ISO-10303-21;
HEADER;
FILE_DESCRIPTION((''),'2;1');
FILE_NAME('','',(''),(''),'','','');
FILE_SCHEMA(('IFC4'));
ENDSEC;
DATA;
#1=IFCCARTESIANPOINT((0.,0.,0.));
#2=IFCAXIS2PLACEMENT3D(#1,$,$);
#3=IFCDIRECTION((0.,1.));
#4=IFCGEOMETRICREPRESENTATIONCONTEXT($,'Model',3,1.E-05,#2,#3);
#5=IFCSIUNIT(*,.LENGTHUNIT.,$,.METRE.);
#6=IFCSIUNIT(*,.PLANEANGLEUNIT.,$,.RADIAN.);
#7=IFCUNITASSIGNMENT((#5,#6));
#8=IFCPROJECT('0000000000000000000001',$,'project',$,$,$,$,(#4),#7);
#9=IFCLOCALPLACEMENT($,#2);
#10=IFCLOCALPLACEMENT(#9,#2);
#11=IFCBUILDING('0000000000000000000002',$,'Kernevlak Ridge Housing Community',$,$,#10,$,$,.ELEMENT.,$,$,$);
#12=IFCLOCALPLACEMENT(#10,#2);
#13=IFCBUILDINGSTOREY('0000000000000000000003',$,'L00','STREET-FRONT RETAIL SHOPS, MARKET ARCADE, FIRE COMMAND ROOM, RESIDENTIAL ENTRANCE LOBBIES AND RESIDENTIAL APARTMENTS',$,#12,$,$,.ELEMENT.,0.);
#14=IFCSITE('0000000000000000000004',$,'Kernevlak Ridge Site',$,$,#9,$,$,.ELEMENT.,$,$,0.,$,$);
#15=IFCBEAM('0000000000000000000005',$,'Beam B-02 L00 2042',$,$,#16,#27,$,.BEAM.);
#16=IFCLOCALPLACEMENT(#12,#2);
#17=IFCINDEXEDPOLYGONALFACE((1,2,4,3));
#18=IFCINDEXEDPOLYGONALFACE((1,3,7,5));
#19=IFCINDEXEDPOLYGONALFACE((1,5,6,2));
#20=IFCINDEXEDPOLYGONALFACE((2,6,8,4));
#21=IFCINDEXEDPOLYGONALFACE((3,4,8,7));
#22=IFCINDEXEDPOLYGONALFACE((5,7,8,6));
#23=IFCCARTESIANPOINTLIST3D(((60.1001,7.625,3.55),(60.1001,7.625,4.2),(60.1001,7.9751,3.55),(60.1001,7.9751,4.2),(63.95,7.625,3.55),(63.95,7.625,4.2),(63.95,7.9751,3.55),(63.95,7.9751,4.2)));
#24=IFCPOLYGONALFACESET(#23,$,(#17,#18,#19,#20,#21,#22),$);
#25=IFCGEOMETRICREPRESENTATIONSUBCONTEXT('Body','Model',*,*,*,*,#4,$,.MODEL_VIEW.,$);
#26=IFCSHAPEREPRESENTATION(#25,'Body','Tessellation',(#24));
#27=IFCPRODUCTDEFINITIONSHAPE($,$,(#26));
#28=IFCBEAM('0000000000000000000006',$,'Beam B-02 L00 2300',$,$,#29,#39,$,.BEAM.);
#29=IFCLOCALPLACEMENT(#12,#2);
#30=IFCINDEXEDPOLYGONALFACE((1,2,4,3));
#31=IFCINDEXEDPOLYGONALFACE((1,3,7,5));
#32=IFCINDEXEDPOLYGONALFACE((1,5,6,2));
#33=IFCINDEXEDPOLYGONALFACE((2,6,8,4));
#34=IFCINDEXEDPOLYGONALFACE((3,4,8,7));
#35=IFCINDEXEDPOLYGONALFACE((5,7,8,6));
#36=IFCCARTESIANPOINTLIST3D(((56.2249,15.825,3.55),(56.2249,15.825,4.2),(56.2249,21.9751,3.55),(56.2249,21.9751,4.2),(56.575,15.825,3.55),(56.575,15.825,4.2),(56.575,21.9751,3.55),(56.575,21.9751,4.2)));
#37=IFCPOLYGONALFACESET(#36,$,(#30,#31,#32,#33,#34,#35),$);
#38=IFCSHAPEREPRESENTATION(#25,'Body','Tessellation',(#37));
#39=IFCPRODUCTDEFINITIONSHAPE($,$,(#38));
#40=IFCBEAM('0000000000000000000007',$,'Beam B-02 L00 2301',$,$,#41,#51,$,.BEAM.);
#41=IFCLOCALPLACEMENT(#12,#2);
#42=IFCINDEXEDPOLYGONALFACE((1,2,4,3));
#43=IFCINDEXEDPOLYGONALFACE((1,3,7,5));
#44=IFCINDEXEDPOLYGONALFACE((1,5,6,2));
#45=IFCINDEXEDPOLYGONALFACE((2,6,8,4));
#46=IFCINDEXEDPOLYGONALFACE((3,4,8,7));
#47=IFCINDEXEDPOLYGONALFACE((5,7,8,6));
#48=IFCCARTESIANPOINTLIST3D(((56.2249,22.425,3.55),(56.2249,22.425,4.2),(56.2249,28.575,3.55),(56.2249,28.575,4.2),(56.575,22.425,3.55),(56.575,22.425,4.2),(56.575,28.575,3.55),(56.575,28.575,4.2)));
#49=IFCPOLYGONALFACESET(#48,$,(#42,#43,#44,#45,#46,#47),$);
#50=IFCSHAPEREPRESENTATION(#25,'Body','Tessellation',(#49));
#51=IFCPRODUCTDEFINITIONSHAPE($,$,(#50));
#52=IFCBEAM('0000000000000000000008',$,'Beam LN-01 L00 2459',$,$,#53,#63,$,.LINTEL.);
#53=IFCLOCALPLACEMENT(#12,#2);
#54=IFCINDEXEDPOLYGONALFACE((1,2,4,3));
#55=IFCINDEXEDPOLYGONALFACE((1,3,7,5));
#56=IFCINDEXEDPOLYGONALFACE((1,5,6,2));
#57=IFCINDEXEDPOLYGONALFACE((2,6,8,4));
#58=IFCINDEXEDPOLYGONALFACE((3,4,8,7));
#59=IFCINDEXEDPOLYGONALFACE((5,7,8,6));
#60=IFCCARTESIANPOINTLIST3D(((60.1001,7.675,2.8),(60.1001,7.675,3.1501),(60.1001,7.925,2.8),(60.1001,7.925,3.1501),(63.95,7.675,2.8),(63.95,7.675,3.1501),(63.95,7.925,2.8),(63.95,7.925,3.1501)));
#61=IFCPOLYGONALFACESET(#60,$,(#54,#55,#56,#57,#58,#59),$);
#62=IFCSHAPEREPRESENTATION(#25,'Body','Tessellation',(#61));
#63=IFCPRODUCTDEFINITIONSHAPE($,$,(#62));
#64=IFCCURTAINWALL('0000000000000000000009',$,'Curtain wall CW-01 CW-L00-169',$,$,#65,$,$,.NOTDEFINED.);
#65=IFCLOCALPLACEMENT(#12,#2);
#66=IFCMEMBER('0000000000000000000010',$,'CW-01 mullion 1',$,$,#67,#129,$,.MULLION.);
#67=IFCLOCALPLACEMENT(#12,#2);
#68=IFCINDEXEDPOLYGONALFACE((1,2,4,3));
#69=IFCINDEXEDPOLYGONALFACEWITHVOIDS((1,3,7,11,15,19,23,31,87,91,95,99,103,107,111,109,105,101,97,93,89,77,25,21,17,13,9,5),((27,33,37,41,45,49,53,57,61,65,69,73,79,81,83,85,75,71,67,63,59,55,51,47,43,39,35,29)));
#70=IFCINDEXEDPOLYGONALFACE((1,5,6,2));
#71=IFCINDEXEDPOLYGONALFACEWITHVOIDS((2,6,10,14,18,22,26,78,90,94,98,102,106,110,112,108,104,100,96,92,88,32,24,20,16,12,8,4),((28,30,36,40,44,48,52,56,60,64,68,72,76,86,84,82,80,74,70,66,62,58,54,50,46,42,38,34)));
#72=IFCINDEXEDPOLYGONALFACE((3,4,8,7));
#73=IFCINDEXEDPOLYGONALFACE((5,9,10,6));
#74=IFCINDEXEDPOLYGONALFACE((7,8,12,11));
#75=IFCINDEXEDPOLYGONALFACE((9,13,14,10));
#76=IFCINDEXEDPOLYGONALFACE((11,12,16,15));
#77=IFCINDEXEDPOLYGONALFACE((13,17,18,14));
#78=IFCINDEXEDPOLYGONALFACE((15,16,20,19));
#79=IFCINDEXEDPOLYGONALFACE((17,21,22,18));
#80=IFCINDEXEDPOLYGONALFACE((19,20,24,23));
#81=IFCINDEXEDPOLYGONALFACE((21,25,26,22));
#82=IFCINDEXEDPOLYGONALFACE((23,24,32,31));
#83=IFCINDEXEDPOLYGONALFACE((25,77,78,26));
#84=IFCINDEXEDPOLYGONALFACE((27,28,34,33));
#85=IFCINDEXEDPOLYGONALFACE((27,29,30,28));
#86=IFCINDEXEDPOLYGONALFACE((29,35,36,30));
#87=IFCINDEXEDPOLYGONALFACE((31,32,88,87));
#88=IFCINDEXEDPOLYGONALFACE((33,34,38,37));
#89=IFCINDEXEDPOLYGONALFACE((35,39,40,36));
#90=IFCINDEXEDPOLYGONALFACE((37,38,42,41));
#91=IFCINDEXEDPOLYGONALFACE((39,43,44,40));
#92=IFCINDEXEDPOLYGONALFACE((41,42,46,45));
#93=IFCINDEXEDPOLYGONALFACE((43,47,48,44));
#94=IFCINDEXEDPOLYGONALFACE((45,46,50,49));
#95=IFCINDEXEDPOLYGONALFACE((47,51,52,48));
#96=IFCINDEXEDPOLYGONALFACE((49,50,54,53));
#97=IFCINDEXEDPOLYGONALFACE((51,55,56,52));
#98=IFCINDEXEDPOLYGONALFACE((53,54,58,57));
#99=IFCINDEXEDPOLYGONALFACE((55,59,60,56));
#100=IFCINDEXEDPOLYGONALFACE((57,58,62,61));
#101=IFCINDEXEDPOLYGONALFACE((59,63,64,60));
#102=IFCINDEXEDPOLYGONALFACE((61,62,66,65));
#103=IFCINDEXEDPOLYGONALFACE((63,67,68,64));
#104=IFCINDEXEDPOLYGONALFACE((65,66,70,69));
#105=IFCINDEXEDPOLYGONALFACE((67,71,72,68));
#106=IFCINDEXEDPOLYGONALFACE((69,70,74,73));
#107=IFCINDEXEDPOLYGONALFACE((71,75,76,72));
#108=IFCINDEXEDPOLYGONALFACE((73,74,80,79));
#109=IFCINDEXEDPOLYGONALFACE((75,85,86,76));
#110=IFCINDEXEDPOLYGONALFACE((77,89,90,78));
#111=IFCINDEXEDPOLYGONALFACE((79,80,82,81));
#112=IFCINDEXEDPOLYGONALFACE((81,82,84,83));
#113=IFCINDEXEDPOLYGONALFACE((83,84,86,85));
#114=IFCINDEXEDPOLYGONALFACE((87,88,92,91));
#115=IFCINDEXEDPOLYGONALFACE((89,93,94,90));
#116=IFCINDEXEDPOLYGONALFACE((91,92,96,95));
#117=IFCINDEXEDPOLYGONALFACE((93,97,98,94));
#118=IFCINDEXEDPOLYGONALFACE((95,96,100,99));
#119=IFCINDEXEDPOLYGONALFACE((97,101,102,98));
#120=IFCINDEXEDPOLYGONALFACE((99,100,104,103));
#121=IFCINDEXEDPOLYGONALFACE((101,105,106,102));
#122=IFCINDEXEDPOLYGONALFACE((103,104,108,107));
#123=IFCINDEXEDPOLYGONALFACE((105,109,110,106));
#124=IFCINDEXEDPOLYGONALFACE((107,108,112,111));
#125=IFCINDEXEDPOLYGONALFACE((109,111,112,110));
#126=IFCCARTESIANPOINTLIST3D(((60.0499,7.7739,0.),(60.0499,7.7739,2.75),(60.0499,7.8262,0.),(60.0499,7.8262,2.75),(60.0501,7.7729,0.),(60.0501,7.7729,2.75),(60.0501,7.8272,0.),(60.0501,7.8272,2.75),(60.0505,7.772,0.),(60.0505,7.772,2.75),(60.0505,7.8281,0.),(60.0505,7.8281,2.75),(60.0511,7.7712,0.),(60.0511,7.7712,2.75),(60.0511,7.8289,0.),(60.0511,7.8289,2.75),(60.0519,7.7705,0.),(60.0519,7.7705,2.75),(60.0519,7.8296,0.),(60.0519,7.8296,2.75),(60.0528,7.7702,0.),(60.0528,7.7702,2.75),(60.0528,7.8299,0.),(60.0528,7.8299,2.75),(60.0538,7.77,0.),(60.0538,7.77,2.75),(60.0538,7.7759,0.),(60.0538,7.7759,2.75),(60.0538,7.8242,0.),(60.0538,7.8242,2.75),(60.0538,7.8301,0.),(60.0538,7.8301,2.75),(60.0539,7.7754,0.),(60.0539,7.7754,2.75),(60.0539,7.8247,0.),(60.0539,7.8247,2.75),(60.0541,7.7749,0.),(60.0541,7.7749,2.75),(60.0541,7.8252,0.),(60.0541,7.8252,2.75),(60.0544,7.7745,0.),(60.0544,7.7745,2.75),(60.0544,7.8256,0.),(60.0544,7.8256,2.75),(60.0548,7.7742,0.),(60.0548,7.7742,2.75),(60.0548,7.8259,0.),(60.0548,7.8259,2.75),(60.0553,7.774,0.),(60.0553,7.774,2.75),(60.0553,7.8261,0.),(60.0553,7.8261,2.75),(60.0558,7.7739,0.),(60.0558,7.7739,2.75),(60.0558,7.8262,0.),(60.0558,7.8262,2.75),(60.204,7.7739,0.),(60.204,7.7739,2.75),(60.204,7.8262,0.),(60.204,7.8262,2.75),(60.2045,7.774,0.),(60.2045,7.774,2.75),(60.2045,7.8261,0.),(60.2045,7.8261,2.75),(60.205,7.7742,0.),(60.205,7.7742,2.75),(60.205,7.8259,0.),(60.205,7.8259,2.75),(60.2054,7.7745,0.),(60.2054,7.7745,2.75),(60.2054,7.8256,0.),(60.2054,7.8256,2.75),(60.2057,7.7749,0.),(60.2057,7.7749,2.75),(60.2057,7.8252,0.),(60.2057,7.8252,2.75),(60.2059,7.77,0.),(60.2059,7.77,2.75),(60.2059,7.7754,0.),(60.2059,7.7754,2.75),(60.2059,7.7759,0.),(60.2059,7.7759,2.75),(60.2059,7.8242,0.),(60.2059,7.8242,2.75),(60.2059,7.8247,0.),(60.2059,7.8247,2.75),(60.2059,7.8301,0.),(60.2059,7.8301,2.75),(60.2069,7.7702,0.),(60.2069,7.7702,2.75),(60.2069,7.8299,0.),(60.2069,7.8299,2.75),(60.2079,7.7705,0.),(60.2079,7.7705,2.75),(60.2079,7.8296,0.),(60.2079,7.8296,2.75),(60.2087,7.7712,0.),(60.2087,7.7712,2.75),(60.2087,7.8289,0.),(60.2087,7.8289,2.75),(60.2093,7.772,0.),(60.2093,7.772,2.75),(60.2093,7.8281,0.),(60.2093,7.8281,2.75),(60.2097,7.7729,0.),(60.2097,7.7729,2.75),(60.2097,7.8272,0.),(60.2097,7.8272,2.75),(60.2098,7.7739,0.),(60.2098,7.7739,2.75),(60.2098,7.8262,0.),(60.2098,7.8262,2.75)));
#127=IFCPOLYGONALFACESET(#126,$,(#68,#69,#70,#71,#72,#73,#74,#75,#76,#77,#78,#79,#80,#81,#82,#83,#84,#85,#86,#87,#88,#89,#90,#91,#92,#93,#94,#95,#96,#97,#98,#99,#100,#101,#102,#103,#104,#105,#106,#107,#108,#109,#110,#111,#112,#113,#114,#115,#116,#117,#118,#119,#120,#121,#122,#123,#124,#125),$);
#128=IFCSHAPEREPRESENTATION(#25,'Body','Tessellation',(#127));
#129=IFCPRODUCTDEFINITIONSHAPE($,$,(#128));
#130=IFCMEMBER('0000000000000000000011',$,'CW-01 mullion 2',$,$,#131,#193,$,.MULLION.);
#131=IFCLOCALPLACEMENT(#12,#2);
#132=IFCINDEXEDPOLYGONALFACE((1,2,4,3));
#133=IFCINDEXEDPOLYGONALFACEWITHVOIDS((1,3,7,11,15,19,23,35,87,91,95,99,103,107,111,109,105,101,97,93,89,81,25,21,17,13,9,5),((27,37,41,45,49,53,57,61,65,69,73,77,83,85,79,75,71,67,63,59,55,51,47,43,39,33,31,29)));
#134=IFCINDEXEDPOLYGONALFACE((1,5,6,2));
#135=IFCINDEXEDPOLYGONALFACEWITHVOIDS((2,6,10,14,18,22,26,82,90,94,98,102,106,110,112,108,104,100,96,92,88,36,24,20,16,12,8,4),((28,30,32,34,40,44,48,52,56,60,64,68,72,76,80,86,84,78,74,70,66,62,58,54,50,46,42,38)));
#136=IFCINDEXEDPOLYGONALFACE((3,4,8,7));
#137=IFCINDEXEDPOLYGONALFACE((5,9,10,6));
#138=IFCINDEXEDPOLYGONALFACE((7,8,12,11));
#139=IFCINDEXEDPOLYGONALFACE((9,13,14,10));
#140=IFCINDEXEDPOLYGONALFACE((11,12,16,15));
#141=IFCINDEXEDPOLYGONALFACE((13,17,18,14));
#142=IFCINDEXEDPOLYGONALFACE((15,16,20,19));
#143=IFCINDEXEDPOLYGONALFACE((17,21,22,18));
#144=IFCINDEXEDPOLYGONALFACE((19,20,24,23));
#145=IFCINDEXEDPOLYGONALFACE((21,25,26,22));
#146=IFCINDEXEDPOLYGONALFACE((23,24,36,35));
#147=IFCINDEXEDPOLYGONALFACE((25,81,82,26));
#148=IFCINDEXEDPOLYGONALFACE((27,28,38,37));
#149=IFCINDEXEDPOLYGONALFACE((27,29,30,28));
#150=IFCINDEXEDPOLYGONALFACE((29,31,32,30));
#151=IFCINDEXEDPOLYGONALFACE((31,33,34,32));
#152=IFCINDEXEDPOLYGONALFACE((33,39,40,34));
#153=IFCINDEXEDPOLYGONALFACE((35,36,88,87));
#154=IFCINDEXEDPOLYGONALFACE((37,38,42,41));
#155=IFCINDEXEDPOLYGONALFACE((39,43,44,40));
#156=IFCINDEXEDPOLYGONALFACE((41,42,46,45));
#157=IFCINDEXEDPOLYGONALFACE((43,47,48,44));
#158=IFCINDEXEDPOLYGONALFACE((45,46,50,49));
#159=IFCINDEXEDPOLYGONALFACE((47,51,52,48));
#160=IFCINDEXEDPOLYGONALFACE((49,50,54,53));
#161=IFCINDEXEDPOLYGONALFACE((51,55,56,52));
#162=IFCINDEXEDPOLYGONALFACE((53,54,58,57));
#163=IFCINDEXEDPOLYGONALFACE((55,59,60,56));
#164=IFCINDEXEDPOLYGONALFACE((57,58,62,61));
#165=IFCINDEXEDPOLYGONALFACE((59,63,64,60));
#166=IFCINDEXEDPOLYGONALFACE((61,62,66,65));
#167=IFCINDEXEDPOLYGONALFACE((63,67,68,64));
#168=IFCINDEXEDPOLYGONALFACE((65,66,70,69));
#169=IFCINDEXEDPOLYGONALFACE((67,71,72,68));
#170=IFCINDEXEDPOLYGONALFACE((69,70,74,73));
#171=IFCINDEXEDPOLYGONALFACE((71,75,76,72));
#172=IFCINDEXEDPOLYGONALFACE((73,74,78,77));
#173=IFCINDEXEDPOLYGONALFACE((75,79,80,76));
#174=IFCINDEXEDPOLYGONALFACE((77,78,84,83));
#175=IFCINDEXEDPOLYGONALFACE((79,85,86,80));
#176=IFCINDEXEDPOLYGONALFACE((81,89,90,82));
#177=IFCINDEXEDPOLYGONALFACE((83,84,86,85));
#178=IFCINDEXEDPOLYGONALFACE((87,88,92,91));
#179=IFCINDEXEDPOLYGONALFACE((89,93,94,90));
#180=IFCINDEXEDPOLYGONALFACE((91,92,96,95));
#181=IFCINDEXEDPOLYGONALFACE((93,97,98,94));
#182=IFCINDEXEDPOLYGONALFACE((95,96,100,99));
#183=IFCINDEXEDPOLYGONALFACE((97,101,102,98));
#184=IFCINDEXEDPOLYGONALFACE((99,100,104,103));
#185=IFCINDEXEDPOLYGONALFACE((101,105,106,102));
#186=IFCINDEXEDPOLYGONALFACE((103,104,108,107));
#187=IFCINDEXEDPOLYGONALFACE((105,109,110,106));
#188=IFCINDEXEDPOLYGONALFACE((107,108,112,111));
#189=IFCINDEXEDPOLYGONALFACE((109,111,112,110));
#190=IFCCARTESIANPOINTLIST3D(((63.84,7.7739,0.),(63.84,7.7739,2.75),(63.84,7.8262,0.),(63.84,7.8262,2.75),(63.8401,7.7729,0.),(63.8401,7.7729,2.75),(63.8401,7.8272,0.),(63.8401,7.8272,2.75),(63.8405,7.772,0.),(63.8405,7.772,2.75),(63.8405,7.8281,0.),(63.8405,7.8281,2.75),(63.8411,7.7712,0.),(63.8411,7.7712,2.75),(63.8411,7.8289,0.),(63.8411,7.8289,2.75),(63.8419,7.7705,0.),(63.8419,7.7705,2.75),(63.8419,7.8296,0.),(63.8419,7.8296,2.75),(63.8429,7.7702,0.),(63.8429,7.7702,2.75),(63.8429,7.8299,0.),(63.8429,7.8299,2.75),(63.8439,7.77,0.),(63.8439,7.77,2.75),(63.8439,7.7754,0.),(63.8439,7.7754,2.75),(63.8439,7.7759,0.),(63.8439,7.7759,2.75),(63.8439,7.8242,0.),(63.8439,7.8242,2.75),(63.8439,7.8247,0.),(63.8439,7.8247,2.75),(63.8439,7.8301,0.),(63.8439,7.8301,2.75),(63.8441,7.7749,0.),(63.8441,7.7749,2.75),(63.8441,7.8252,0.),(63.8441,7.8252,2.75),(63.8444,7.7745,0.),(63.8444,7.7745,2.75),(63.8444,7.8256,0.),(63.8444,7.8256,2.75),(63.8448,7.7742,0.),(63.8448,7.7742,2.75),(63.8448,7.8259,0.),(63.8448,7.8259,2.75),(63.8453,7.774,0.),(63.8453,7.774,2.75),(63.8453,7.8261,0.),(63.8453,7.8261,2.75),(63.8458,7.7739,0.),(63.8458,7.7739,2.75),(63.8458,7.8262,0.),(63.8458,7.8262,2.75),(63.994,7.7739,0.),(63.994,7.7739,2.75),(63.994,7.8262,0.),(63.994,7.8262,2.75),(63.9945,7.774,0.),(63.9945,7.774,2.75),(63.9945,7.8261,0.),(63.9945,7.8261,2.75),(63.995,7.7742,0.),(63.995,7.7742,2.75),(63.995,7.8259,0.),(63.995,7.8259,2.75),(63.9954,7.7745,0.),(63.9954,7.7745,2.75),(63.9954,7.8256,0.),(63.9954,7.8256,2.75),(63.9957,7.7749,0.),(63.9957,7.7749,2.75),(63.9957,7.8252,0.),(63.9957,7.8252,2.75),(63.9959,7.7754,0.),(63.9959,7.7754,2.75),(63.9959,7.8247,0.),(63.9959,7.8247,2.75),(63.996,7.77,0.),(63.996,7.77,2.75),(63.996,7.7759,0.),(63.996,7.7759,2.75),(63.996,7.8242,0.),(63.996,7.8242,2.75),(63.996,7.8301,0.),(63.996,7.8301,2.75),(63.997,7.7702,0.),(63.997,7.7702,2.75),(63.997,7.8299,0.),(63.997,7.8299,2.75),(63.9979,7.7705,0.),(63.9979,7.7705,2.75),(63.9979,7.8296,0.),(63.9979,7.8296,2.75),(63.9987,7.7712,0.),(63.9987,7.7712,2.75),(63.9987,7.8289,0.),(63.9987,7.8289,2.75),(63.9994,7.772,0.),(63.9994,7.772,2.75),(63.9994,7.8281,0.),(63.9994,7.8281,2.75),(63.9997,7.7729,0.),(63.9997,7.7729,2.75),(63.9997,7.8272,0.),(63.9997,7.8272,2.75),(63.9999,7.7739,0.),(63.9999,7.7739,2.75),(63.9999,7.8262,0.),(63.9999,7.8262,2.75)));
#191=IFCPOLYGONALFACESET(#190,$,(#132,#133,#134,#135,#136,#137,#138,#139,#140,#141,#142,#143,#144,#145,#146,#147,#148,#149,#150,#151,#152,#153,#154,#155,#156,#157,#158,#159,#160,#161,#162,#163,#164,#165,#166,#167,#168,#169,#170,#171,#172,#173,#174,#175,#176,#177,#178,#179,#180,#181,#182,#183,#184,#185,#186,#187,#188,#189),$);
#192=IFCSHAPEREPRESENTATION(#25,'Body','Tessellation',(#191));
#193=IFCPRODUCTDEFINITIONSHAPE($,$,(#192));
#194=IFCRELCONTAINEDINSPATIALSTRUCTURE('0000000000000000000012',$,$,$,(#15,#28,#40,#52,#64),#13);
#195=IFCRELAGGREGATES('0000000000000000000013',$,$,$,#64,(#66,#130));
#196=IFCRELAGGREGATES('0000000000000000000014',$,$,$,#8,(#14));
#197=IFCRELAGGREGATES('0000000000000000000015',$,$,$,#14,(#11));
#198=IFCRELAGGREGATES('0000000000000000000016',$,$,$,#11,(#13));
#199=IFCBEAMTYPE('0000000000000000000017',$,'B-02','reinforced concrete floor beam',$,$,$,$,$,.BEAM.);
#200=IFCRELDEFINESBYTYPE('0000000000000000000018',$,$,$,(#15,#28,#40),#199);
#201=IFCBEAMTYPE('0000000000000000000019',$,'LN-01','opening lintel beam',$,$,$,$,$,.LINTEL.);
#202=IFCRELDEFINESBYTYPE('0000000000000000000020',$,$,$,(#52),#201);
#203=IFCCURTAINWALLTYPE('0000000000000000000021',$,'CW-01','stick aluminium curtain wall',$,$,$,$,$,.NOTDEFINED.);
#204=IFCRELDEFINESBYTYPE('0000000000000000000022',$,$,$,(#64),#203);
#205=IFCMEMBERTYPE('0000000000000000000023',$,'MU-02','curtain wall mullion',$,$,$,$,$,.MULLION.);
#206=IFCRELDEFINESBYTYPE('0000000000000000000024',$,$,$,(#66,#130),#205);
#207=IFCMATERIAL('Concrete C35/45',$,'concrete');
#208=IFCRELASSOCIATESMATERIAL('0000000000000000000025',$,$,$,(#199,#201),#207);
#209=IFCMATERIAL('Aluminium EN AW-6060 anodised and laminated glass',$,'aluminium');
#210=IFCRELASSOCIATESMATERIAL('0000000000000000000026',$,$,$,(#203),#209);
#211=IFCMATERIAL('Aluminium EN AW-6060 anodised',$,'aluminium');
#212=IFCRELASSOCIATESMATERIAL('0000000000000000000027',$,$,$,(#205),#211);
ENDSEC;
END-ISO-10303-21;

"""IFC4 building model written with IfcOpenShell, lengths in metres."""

from ifc_helpers import new_model, si_unit, direction, frame, origin, origin_2d, place, context, subcontext, project, spatial, rectangle, hollow_rectangle, extrude, material, material_profile, profile_set, type_object, element, aggregate, save


model = new_model("IFC4")

# Units and contexts
model_context = context("Model", 3, precision=1e-05, world=origin(), true_north=direction((0.0, 1.0)))
body_context = subcontext(model_context, "Body", "Model", "MODEL_VIEW")
ifc_project = project(units=[si_unit("LENGTHUNIT", "METRE"), si_unit("PLANEANGLEUNIT", "RADIAN")], contexts=[model_context])

# Site, building, storey
site_placement = place(None, origin())
site = spatial("IfcSite", under=ifc_project, at=site_placement, Name="Kernevlak Ridge Site", CompositionType="ELEMENT", RefElevation=0.0)
building_placement = place(site_placement, origin())
building = spatial("IfcBuilding", under=site, at=building_placement, Name="Kernevlak Ridge Housing Community", CompositionType="ELEMENT")
storey_placement = place(building_placement, origin())
storey = spatial("IfcBuildingStorey", under=building, at=storey_placement, Name="L00", Description="STREET-FRONT RETAIL SHOPS, MARKET ARCADE, FIRE COMMAND ROOM, RESIDENTIAL ENTRANCE LOBBIES AND RESIDENTIAL APARTMENTS", CompositionType="ELEMENT", Elevation=0.0)

# Shared definitions
ifc_material_1 = material(Name="Concrete C35/45", Category="concrete")

# Beams
ifc_material_profile_1 = material_profile(ifc_material_1, rectangle(XDim=0.3501, YDim=0.6499, at=origin_2d()), Name="RC 350x650")
ifc_profile_set_1 = profile_set([ifc_material_profile_1], Name="Concrete C35/45")
beam_type_1 = type_object("IfcBeamType", Name="B-02", Description="reinforced concrete floor beam", PredefinedType="BEAM", material=ifc_profile_set_1)
beam_1_placement = place(storey_placement, frame((60.1001, 7.8, 3.875), z_axis=(1.0, 0.0, 0.0), x_axis=(0.0, 1.0, 0.0)))
element("IfcBeam", 1, at=beam_1_placement, inside=storey, type_object=beam_type_1, Name="Beam B-02 L00 2042", PredefinedType="BEAM", context=body_context, shape_type="SweptSolid", body=[
    extrude(rectangle(XDim=0.3501, YDim=0.6499, at=origin_2d()), origin(), (0.0, 0.0, 1.0), 3.8499),
])
beam_2_placement = place(storey_placement, frame((56.3999, 15.825, 3.875), z_axis=(0.0, 1.0, 0.0), x_axis=(-1.0, 0.0, 0.0)))
element("IfcBeam", 2, at=beam_2_placement, inside=storey, type_object=beam_type_1, Name="Beam B-02 L00 2300", PredefinedType="BEAM", context=body_context, shape_type="SweptSolid", body=[
    extrude(rectangle(XDim=0.3501, YDim=0.6499, at=origin_2d()), origin(), (0.0, 0.0, 1.0), 6.1501),
])
beam_3_placement = place(storey_placement, frame((56.3999, 22.425, 3.875), z_axis=(0.0, 1.0, 0.0), x_axis=(-1.0, 0.0, 0.0)))
element("IfcBeam", 3, at=beam_3_placement, inside=storey, type_object=beam_type_1, Name="Beam B-02 L00 2301", PredefinedType="BEAM", context=body_context, shape_type="SweptSolid", body=[
    extrude(rectangle(XDim=0.3501, YDim=0.6499, at=origin_2d()), origin(), (0.0, 0.0, 1.0), 6.1499),
])
ifc_material_profile_2 = material_profile(ifc_material_1, rectangle(XDim=0.25, YDim=0.3501, at=origin_2d()), Name="RC 250x350")
ifc_profile_set_2 = profile_set([ifc_material_profile_2], Name="Concrete C35/45")
beam_type_2 = type_object("IfcBeamType", Name="LN-01", Description="opening lintel beam", PredefinedType="LINTEL", material=ifc_profile_set_2)
beam_4_placement = place(storey_placement, frame((60.1001, 7.8, 2.9751), z_axis=(1.0, 0.0, 0.0), x_axis=(0.0, 1.0, 0.0)))
element("IfcBeam", 4, at=beam_4_placement, inside=storey, type_object=beam_type_2, Name="Beam LN-01 L00 2459", PredefinedType="LINTEL", context=body_context, shape_type="SweptSolid", body=[
    extrude(rectangle(XDim=0.25, YDim=0.3501, at=origin_2d()), origin(), (0.0, 0.0, 1.0), 3.8499),
])

# Curtain wall, members
ifc_material_2 = material(Name="Aluminium EN AW-6060 anodised and laminated glass", Category="aluminium")
curtain_wall_type = type_object("IfcCurtainWallType", Name="CW-01", Description="stick aluminium curtain wall", PredefinedType="NOTDEFINED", material=ifc_material_2)
curtain_wall_placement = place(storey_placement, origin())
curtain_wall = element("IfcCurtainWall", 5, at=curtain_wall_placement, inside=storey, type_object=curtain_wall_type, Name="Curtain wall CW-01 CW-L00-169", PredefinedType="NOTDEFINED")
ifc_material_3 = material(Name="Aluminium EN AW-6060 anodised", Category="aluminium")
ifc_material_profile_3 = material_profile(ifc_material_3, hollow_rectangle(XDim=0.0601, YDim=0.1599, WallThickness=0.0039, InnerFilletRadius=0.002, OuterFilletRadius=0.0039, at=origin_2d()), Name="ALU 60x160x4")
ifc_profile_set_3 = profile_set([ifc_material_profile_3], Name="Aluminium EN AW-6060 anodised")
member_type_1 = type_object("IfcMemberType", Name="MU-02", Description="curtain wall mullion", PredefinedType="MULLION", material=ifc_profile_set_3)
member_1_placement = place(storey_placement, frame((60.1299, 7.8, 0.0), z_axis=(0.0, 0.0, 1.0), x_axis=(0.0, 1.0, 0.0)))
member_1 = element("IfcMember", 6, at=member_1_placement, type_object=member_type_1, Name="CW-01 mullion 1", PredefinedType="MULLION", context=body_context, shape_type="SweptSolid", body=[
    extrude(hollow_rectangle(XDim=0.0601, YDim=0.1599, WallThickness=0.0039, InnerFilletRadius=0.002, OuterFilletRadius=0.0039, at=origin_2d()), origin(), (0.0, 0.0, 1.0), 2.75),
])
member_2_placement = place(storey_placement, frame((63.9199, 7.8, 0.0), z_axis=(0.0, 0.0, 1.0), x_axis=(0.0, 1.0, 0.0)))
member_2 = element("IfcMember", 7, at=member_2_placement, type_object=member_type_1, Name="CW-01 mullion 2", PredefinedType="MULLION", context=body_context, shape_type="SweptSolid", body=[
    extrude(hollow_rectangle(XDim=0.0601, YDim=0.1599, WallThickness=0.0039, InnerFilletRadius=0.002, OuterFilletRadius=0.0039, at=origin_2d()), origin(), (0.0, 0.0, 1.0), 2.75),
])

aggregate(curtain_wall, [member_1, member_2])

save(model, "model.ifc")
